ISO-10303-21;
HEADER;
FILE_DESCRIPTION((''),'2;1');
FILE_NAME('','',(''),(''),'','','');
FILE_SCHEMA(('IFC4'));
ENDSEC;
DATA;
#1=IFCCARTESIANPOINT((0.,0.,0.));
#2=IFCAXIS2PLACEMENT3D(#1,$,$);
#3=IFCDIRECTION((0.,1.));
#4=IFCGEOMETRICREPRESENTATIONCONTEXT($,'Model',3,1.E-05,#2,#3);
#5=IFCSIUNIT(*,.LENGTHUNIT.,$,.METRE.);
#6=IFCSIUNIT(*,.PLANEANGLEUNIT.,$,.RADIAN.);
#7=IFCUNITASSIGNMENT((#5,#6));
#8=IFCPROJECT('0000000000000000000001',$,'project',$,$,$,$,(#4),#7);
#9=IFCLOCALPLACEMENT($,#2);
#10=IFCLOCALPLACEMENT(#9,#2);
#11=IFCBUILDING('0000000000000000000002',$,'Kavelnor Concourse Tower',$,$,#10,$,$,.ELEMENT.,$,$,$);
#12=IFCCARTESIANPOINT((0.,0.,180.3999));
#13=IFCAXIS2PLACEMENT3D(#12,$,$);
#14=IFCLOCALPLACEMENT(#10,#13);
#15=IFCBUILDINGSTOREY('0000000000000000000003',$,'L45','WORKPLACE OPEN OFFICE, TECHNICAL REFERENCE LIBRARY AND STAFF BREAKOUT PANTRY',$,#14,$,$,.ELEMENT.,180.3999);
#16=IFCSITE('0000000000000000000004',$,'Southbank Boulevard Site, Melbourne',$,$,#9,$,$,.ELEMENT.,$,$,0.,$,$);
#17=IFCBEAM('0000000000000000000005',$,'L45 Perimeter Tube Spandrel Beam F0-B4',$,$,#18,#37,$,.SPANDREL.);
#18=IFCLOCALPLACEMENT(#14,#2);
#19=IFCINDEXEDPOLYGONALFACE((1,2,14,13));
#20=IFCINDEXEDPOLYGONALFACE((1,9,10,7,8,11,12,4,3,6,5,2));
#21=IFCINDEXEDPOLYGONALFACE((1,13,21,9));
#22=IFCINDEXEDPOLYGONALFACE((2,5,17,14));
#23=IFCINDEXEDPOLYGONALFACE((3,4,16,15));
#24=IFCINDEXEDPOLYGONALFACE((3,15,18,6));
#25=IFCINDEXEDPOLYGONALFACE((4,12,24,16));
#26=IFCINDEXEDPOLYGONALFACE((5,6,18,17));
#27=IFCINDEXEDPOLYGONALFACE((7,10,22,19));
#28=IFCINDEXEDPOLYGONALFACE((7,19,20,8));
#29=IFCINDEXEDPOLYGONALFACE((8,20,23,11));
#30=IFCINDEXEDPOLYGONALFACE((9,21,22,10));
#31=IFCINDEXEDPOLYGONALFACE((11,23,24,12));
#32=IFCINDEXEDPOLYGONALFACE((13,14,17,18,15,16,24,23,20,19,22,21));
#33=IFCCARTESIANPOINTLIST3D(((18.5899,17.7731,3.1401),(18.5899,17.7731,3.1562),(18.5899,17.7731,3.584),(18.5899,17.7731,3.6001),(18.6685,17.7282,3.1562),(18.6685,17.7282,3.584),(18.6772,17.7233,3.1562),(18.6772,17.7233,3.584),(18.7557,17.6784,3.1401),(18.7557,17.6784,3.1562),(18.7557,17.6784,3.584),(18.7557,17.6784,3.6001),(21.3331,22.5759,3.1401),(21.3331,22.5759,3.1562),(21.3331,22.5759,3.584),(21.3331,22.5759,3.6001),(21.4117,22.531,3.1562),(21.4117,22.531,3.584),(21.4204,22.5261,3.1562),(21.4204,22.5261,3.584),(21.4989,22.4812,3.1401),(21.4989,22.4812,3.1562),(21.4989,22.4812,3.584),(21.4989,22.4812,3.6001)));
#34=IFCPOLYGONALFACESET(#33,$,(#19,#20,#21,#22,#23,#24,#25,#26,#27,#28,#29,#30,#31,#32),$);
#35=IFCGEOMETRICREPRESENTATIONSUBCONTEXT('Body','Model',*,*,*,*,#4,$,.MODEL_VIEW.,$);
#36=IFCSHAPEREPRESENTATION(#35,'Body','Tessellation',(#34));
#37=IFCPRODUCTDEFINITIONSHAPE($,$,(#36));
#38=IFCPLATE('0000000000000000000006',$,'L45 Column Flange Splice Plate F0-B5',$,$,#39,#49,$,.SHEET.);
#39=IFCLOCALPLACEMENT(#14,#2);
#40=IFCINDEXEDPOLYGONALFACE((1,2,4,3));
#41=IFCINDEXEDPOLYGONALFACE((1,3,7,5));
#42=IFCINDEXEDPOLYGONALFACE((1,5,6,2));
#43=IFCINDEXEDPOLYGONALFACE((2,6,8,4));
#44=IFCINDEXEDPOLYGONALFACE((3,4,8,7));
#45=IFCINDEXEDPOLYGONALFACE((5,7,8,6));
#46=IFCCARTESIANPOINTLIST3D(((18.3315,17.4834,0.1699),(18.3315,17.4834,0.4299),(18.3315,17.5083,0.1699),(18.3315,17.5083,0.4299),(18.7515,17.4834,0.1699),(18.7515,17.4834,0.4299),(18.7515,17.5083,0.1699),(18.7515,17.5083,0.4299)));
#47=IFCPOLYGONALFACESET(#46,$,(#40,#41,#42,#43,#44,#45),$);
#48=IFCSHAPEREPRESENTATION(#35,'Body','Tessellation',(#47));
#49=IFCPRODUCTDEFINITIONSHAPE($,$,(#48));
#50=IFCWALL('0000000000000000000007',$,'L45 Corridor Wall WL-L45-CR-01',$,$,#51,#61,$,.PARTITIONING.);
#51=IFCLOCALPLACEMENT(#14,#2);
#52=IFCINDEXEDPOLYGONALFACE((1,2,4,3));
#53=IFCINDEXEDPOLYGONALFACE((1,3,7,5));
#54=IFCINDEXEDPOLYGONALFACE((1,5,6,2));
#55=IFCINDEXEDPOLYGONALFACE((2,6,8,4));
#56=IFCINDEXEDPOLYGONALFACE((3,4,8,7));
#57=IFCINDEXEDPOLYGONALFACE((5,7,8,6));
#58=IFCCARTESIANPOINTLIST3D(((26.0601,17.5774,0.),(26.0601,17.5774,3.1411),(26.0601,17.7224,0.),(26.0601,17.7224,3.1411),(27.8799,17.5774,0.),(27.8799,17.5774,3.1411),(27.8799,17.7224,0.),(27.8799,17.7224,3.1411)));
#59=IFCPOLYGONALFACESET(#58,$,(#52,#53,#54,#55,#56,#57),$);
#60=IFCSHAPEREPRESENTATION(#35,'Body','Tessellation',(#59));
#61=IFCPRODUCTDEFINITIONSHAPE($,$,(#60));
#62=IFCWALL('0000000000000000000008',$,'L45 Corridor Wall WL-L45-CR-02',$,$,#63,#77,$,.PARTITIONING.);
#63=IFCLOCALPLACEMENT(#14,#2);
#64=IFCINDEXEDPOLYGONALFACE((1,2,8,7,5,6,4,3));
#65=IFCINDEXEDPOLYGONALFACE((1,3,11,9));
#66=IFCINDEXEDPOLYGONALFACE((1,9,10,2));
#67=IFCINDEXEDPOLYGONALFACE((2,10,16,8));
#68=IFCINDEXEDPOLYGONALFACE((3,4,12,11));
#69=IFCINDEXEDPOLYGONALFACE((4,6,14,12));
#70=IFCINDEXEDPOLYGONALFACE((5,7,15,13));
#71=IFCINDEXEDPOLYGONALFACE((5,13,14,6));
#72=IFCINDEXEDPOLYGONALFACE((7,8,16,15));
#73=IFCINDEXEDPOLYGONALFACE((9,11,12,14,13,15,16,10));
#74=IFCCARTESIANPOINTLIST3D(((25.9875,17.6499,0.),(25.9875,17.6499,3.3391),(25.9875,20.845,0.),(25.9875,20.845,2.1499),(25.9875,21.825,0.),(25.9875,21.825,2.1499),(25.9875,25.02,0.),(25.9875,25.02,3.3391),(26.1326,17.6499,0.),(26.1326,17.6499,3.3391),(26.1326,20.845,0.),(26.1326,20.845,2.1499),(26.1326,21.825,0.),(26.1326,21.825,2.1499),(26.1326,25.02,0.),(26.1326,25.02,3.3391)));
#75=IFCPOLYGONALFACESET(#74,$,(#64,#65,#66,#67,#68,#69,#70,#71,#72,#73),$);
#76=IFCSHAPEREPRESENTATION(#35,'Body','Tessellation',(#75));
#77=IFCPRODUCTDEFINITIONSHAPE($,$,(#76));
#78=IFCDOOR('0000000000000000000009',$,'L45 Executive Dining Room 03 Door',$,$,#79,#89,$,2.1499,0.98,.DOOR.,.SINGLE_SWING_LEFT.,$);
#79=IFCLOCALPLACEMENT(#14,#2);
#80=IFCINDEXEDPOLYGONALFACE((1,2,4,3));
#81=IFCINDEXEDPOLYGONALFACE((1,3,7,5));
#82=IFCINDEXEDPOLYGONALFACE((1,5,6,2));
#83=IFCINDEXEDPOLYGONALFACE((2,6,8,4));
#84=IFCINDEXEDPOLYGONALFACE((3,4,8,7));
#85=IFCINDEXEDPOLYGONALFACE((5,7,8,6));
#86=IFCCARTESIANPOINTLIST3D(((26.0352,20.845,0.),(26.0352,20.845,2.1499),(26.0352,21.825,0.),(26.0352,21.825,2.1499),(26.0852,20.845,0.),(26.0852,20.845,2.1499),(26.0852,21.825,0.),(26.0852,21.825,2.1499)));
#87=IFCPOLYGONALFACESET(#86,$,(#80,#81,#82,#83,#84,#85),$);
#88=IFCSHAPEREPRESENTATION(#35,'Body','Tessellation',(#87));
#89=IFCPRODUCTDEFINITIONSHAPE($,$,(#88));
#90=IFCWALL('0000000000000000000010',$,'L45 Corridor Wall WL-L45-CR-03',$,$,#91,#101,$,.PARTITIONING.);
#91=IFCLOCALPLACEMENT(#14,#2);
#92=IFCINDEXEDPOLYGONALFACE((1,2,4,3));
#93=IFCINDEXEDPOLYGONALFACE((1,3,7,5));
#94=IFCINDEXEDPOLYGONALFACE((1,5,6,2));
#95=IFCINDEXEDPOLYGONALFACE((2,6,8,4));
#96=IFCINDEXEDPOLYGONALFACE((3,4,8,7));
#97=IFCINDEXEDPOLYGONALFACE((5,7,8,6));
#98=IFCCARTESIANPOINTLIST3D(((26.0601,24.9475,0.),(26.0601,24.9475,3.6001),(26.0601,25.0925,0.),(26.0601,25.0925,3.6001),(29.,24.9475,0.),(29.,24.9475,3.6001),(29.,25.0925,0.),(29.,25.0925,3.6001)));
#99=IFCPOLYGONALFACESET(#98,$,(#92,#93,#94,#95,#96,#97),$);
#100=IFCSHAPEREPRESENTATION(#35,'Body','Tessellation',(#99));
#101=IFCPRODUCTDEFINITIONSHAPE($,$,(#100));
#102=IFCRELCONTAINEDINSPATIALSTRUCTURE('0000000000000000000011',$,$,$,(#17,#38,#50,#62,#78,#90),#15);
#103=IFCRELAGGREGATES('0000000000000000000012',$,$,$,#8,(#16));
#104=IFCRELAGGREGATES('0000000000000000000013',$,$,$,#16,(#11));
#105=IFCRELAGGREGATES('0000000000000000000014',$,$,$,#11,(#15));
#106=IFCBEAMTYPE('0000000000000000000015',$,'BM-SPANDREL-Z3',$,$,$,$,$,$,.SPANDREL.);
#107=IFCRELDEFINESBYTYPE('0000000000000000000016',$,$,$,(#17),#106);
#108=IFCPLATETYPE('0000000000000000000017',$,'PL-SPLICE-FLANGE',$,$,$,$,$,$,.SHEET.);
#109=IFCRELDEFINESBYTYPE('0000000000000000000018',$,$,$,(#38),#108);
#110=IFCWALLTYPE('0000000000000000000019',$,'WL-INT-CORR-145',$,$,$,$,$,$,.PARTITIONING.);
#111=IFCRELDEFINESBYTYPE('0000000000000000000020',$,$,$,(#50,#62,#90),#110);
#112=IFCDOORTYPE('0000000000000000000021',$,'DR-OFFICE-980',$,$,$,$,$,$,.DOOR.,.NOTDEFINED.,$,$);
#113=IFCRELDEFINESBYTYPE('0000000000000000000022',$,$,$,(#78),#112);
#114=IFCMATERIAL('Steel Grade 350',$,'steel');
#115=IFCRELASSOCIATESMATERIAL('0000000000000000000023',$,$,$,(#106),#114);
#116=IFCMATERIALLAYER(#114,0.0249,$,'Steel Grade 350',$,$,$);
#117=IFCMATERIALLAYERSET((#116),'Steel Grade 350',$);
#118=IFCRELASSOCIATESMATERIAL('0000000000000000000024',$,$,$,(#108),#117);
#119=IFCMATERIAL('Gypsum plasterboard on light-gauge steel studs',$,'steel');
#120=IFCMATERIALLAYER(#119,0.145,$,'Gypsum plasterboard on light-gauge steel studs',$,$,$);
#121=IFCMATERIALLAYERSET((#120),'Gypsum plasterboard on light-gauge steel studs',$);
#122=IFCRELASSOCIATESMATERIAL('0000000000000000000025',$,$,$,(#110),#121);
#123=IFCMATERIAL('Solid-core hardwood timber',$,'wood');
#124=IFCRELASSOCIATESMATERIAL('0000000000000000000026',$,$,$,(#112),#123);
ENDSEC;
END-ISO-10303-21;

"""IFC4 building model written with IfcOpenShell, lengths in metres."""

from ifc_helpers import new_model, si_unit, direction, frame, frame_2d, origin, origin_2d, place, context, subcontext, project, spatial, rectangle, i_section, extrude, material, layer, layer_set, material_profile, profile_set, type_object, element, fill, save


model = new_model("IFC4")

# Units and contexts
model_context = context("Model", 3, precision=1e-05, world=origin(), true_north=direction((0.0, 1.0)))
body_context = subcontext(model_context, "Body", "Model", "MODEL_VIEW")
ifc_project = project(units=[si_unit("LENGTHUNIT", "METRE"), si_unit("PLANEANGLEUNIT", "RADIAN")], contexts=[model_context])

# Site, building, storey
site_placement = place(None, origin())
site = spatial("IfcSite", under=ifc_project, at=site_placement, Name="Southbank Boulevard Site, Melbourne", CompositionType="ELEMENT", RefElevation=0.0)
building_placement = place(site_placement, origin())
building = spatial("IfcBuilding", under=site, at=building_placement, Name="Kavelnor Concourse Tower", CompositionType="ELEMENT")
storey_placement = place(building_placement, frame((0.0, 0.0, 180.3999)))
storey = spatial("IfcBuildingStorey", under=building, at=storey_placement, Name="L45", Description="WORKPLACE OPEN OFFICE, TECHNICAL REFERENCE LIBRARY AND STAFF BREAKOUT PANTRY", CompositionType="ELEMENT", Elevation=180.3999)

# Shared definitions
ifc_material_1 = material(Name="Steel Grade 350", Category="steel")

# Beam
ifc_material_profile_1 = material_profile(ifc_material_1, i_section(OverallWidth=0.1909, OverallDepth=0.46, WebThickness=0.01, FlangeThickness=0.0161, at=origin_2d()), Name="460UB82")
ifc_profile_set_1 = profile_set([ifc_material_profile_1], Name="Steel Grade 350")
beam_type_1 = type_object("IfcBeamType", Name="BM-SPANDREL-Z3", PredefinedType="SPANDREL", material=ifc_profile_set_1)
beam_1_placement = place(storey_placement, frame((21.416, 22.5286, 3.3701), z_axis=(-0.495968, -0.868341, 0.0), x_axis=(0.868341, -0.495968, 0.0)))
element("IfcBeam", 1, at=beam_1_placement, inside=storey, type_object=beam_type_1, Name="L45 Perimeter Tube Spandrel Beam F0-B4", PredefinedType="SPANDREL", context=body_context, shape_type="SweptSolid", body=[
    extrude(i_section(OverallWidth=0.1909, OverallDepth=0.46, WebThickness=0.01, FlangeThickness=0.0161, at=origin_2d()), origin(), (0.0, 0.0, 1.0), 5.531),
])

# Plate
ifc_layer_1 = layer(ifc_material_1, 0.0249, Name="Steel Grade 350")
ifc_layer_set_1 = layer_set([ifc_layer_1], Name="Steel Grade 350")
plate_type = type_object("IfcPlateType", Name="PL-SPLICE-FLANGE", PredefinedType="SHEET", material=ifc_layer_set_1)
plate_placement = place(storey_placement, frame((18.5415, 17.4958, 0.1699), z_axis=(0.0, 0.0, 1.0), x_axis=(1.0, 0.0, 0.0)))
element("IfcPlate", 2, at=plate_placement, inside=storey, type_object=plate_type, Name="L45 Column Flange Splice Plate F0-B5", PredefinedType="SHEET", context=body_context, shape_type="SweptSolid", body=[
    extrude(rectangle(XDim=0.4199, YDim=0.0249, at=origin_2d()), origin(), (0.0, 0.0, 1.0), 0.26),
])

# Wall
ifc_material_2 = material(Name="Gypsum plasterboard on light-gauge steel studs", Category="steel")
ifc_layer_2 = layer(ifc_material_2, 0.145, Name="Gypsum plasterboard on light-gauge steel studs")
ifc_layer_set_2 = layer_set([ifc_layer_2], Name="Gypsum plasterboard on light-gauge steel studs")
wall_type = type_object("IfcWallType", Name="WL-INT-CORR-145", PredefinedType="PARTITIONING", material=ifc_layer_set_2)
wall_1_placement = place(storey_placement, frame((27.8799, 17.6499, 0.0), z_axis=(0.0, 0.0, 1.0), x_axis=(-1.0, 0.0, 0.0)))
element("IfcWall", 3, at=wall_1_placement, inside=storey, type_object=wall_type, Name="L45 Corridor Wall WL-L45-CR-01", PredefinedType="PARTITIONING", context=body_context, shape_type="SweptSolid", body=[
    extrude(rectangle(XDim=1.8198, YDim=0.145, at=frame_2d((0.9099, 0.0))), origin(), (0.0, 0.0, 1.0), 3.1411),
])

# Wall, opening, door
wall_2_placement = place(storey_placement, frame((26.0601, 17.6499, 0.0), z_axis=(0.0, 0.0, 1.0), x_axis=(0.0, 1.0, 0.0)))
wall_2 = element("IfcWall", 4, at=wall_2_placement, inside=storey, type_object=wall_type, Name="L45 Corridor Wall WL-L45-CR-02", PredefinedType="PARTITIONING", context=body_context, shape_type="SweptSolid", body=[
    extrude(rectangle(XDim=7.3701, YDim=0.145, at=frame_2d((3.6851, 0.0))), origin(), (0.0, 0.0, 1.0), 3.3391),
])
opening_placement = place(wall_2_placement, frame((3.1951, 0.0, 0.0)))
opening = element("IfcOpeningElement", 5, at=opening_placement, cuts=wall_2, PredefinedType="OPENING", context=body_context, shape_type="SweptSolid", body=[
    extrude(rectangle(XDim=0.98, YDim=2.1499, at=frame_2d((0.49, 1.075))), frame((0.0, 0.0825, 0.0), z_axis=(0.0, -1.0, 0.0), x_axis=(1.0, 0.0, 0.0)), (0.0, 0.0, 1.0), 0.165),
])
ifc_material_3 = material(Name="Solid-core hardwood timber", Category="wood")
door_type = type_object("IfcDoorType", Name="DR-OFFICE-980", OperationType="NOTDEFINED", PredefinedType="DOOR", material=ifc_material_3)
door_placement = place(opening_placement, origin())
door = element("IfcDoor", 6, at=door_placement, inside=storey, type_object=door_type, Name="L45 Executive Dining Room 03 Door", OperationType="SINGLE_SWING_LEFT", OverallHeight=2.1499, OverallWidth=0.98, PredefinedType="DOOR", context=body_context, shape_type="SweptSolid", body=[
    extrude(rectangle(XDim=0.98, YDim=2.1499, at=frame_2d((0.49, 1.075))), frame((0.0, 0.0249, 0.0), z_axis=(0.0, -1.0, 0.0), x_axis=(1.0, 0.0, 0.0)), (0.0, 0.0, 1.0), 0.05),
])
fill(opening, door)

# Wall
wall_3_placement = place(storey_placement, frame((26.0601, 25.02, 0.0), z_axis=(0.0, 0.0, 1.0), x_axis=(1.0, 0.0, 0.0)))
element("IfcWall", 7, at=wall_3_placement, inside=storey, type_object=wall_type, Name="L45 Corridor Wall WL-L45-CR-03", PredefinedType="PARTITIONING", context=body_context, shape_type="SweptSolid", body=[
    extrude(rectangle(XDim=2.9399, YDim=0.145, at=frame_2d((1.47, 0.0))), origin(), (0.0, 0.0, 1.0), 3.6001),
])

save(model, "model.ifc")
